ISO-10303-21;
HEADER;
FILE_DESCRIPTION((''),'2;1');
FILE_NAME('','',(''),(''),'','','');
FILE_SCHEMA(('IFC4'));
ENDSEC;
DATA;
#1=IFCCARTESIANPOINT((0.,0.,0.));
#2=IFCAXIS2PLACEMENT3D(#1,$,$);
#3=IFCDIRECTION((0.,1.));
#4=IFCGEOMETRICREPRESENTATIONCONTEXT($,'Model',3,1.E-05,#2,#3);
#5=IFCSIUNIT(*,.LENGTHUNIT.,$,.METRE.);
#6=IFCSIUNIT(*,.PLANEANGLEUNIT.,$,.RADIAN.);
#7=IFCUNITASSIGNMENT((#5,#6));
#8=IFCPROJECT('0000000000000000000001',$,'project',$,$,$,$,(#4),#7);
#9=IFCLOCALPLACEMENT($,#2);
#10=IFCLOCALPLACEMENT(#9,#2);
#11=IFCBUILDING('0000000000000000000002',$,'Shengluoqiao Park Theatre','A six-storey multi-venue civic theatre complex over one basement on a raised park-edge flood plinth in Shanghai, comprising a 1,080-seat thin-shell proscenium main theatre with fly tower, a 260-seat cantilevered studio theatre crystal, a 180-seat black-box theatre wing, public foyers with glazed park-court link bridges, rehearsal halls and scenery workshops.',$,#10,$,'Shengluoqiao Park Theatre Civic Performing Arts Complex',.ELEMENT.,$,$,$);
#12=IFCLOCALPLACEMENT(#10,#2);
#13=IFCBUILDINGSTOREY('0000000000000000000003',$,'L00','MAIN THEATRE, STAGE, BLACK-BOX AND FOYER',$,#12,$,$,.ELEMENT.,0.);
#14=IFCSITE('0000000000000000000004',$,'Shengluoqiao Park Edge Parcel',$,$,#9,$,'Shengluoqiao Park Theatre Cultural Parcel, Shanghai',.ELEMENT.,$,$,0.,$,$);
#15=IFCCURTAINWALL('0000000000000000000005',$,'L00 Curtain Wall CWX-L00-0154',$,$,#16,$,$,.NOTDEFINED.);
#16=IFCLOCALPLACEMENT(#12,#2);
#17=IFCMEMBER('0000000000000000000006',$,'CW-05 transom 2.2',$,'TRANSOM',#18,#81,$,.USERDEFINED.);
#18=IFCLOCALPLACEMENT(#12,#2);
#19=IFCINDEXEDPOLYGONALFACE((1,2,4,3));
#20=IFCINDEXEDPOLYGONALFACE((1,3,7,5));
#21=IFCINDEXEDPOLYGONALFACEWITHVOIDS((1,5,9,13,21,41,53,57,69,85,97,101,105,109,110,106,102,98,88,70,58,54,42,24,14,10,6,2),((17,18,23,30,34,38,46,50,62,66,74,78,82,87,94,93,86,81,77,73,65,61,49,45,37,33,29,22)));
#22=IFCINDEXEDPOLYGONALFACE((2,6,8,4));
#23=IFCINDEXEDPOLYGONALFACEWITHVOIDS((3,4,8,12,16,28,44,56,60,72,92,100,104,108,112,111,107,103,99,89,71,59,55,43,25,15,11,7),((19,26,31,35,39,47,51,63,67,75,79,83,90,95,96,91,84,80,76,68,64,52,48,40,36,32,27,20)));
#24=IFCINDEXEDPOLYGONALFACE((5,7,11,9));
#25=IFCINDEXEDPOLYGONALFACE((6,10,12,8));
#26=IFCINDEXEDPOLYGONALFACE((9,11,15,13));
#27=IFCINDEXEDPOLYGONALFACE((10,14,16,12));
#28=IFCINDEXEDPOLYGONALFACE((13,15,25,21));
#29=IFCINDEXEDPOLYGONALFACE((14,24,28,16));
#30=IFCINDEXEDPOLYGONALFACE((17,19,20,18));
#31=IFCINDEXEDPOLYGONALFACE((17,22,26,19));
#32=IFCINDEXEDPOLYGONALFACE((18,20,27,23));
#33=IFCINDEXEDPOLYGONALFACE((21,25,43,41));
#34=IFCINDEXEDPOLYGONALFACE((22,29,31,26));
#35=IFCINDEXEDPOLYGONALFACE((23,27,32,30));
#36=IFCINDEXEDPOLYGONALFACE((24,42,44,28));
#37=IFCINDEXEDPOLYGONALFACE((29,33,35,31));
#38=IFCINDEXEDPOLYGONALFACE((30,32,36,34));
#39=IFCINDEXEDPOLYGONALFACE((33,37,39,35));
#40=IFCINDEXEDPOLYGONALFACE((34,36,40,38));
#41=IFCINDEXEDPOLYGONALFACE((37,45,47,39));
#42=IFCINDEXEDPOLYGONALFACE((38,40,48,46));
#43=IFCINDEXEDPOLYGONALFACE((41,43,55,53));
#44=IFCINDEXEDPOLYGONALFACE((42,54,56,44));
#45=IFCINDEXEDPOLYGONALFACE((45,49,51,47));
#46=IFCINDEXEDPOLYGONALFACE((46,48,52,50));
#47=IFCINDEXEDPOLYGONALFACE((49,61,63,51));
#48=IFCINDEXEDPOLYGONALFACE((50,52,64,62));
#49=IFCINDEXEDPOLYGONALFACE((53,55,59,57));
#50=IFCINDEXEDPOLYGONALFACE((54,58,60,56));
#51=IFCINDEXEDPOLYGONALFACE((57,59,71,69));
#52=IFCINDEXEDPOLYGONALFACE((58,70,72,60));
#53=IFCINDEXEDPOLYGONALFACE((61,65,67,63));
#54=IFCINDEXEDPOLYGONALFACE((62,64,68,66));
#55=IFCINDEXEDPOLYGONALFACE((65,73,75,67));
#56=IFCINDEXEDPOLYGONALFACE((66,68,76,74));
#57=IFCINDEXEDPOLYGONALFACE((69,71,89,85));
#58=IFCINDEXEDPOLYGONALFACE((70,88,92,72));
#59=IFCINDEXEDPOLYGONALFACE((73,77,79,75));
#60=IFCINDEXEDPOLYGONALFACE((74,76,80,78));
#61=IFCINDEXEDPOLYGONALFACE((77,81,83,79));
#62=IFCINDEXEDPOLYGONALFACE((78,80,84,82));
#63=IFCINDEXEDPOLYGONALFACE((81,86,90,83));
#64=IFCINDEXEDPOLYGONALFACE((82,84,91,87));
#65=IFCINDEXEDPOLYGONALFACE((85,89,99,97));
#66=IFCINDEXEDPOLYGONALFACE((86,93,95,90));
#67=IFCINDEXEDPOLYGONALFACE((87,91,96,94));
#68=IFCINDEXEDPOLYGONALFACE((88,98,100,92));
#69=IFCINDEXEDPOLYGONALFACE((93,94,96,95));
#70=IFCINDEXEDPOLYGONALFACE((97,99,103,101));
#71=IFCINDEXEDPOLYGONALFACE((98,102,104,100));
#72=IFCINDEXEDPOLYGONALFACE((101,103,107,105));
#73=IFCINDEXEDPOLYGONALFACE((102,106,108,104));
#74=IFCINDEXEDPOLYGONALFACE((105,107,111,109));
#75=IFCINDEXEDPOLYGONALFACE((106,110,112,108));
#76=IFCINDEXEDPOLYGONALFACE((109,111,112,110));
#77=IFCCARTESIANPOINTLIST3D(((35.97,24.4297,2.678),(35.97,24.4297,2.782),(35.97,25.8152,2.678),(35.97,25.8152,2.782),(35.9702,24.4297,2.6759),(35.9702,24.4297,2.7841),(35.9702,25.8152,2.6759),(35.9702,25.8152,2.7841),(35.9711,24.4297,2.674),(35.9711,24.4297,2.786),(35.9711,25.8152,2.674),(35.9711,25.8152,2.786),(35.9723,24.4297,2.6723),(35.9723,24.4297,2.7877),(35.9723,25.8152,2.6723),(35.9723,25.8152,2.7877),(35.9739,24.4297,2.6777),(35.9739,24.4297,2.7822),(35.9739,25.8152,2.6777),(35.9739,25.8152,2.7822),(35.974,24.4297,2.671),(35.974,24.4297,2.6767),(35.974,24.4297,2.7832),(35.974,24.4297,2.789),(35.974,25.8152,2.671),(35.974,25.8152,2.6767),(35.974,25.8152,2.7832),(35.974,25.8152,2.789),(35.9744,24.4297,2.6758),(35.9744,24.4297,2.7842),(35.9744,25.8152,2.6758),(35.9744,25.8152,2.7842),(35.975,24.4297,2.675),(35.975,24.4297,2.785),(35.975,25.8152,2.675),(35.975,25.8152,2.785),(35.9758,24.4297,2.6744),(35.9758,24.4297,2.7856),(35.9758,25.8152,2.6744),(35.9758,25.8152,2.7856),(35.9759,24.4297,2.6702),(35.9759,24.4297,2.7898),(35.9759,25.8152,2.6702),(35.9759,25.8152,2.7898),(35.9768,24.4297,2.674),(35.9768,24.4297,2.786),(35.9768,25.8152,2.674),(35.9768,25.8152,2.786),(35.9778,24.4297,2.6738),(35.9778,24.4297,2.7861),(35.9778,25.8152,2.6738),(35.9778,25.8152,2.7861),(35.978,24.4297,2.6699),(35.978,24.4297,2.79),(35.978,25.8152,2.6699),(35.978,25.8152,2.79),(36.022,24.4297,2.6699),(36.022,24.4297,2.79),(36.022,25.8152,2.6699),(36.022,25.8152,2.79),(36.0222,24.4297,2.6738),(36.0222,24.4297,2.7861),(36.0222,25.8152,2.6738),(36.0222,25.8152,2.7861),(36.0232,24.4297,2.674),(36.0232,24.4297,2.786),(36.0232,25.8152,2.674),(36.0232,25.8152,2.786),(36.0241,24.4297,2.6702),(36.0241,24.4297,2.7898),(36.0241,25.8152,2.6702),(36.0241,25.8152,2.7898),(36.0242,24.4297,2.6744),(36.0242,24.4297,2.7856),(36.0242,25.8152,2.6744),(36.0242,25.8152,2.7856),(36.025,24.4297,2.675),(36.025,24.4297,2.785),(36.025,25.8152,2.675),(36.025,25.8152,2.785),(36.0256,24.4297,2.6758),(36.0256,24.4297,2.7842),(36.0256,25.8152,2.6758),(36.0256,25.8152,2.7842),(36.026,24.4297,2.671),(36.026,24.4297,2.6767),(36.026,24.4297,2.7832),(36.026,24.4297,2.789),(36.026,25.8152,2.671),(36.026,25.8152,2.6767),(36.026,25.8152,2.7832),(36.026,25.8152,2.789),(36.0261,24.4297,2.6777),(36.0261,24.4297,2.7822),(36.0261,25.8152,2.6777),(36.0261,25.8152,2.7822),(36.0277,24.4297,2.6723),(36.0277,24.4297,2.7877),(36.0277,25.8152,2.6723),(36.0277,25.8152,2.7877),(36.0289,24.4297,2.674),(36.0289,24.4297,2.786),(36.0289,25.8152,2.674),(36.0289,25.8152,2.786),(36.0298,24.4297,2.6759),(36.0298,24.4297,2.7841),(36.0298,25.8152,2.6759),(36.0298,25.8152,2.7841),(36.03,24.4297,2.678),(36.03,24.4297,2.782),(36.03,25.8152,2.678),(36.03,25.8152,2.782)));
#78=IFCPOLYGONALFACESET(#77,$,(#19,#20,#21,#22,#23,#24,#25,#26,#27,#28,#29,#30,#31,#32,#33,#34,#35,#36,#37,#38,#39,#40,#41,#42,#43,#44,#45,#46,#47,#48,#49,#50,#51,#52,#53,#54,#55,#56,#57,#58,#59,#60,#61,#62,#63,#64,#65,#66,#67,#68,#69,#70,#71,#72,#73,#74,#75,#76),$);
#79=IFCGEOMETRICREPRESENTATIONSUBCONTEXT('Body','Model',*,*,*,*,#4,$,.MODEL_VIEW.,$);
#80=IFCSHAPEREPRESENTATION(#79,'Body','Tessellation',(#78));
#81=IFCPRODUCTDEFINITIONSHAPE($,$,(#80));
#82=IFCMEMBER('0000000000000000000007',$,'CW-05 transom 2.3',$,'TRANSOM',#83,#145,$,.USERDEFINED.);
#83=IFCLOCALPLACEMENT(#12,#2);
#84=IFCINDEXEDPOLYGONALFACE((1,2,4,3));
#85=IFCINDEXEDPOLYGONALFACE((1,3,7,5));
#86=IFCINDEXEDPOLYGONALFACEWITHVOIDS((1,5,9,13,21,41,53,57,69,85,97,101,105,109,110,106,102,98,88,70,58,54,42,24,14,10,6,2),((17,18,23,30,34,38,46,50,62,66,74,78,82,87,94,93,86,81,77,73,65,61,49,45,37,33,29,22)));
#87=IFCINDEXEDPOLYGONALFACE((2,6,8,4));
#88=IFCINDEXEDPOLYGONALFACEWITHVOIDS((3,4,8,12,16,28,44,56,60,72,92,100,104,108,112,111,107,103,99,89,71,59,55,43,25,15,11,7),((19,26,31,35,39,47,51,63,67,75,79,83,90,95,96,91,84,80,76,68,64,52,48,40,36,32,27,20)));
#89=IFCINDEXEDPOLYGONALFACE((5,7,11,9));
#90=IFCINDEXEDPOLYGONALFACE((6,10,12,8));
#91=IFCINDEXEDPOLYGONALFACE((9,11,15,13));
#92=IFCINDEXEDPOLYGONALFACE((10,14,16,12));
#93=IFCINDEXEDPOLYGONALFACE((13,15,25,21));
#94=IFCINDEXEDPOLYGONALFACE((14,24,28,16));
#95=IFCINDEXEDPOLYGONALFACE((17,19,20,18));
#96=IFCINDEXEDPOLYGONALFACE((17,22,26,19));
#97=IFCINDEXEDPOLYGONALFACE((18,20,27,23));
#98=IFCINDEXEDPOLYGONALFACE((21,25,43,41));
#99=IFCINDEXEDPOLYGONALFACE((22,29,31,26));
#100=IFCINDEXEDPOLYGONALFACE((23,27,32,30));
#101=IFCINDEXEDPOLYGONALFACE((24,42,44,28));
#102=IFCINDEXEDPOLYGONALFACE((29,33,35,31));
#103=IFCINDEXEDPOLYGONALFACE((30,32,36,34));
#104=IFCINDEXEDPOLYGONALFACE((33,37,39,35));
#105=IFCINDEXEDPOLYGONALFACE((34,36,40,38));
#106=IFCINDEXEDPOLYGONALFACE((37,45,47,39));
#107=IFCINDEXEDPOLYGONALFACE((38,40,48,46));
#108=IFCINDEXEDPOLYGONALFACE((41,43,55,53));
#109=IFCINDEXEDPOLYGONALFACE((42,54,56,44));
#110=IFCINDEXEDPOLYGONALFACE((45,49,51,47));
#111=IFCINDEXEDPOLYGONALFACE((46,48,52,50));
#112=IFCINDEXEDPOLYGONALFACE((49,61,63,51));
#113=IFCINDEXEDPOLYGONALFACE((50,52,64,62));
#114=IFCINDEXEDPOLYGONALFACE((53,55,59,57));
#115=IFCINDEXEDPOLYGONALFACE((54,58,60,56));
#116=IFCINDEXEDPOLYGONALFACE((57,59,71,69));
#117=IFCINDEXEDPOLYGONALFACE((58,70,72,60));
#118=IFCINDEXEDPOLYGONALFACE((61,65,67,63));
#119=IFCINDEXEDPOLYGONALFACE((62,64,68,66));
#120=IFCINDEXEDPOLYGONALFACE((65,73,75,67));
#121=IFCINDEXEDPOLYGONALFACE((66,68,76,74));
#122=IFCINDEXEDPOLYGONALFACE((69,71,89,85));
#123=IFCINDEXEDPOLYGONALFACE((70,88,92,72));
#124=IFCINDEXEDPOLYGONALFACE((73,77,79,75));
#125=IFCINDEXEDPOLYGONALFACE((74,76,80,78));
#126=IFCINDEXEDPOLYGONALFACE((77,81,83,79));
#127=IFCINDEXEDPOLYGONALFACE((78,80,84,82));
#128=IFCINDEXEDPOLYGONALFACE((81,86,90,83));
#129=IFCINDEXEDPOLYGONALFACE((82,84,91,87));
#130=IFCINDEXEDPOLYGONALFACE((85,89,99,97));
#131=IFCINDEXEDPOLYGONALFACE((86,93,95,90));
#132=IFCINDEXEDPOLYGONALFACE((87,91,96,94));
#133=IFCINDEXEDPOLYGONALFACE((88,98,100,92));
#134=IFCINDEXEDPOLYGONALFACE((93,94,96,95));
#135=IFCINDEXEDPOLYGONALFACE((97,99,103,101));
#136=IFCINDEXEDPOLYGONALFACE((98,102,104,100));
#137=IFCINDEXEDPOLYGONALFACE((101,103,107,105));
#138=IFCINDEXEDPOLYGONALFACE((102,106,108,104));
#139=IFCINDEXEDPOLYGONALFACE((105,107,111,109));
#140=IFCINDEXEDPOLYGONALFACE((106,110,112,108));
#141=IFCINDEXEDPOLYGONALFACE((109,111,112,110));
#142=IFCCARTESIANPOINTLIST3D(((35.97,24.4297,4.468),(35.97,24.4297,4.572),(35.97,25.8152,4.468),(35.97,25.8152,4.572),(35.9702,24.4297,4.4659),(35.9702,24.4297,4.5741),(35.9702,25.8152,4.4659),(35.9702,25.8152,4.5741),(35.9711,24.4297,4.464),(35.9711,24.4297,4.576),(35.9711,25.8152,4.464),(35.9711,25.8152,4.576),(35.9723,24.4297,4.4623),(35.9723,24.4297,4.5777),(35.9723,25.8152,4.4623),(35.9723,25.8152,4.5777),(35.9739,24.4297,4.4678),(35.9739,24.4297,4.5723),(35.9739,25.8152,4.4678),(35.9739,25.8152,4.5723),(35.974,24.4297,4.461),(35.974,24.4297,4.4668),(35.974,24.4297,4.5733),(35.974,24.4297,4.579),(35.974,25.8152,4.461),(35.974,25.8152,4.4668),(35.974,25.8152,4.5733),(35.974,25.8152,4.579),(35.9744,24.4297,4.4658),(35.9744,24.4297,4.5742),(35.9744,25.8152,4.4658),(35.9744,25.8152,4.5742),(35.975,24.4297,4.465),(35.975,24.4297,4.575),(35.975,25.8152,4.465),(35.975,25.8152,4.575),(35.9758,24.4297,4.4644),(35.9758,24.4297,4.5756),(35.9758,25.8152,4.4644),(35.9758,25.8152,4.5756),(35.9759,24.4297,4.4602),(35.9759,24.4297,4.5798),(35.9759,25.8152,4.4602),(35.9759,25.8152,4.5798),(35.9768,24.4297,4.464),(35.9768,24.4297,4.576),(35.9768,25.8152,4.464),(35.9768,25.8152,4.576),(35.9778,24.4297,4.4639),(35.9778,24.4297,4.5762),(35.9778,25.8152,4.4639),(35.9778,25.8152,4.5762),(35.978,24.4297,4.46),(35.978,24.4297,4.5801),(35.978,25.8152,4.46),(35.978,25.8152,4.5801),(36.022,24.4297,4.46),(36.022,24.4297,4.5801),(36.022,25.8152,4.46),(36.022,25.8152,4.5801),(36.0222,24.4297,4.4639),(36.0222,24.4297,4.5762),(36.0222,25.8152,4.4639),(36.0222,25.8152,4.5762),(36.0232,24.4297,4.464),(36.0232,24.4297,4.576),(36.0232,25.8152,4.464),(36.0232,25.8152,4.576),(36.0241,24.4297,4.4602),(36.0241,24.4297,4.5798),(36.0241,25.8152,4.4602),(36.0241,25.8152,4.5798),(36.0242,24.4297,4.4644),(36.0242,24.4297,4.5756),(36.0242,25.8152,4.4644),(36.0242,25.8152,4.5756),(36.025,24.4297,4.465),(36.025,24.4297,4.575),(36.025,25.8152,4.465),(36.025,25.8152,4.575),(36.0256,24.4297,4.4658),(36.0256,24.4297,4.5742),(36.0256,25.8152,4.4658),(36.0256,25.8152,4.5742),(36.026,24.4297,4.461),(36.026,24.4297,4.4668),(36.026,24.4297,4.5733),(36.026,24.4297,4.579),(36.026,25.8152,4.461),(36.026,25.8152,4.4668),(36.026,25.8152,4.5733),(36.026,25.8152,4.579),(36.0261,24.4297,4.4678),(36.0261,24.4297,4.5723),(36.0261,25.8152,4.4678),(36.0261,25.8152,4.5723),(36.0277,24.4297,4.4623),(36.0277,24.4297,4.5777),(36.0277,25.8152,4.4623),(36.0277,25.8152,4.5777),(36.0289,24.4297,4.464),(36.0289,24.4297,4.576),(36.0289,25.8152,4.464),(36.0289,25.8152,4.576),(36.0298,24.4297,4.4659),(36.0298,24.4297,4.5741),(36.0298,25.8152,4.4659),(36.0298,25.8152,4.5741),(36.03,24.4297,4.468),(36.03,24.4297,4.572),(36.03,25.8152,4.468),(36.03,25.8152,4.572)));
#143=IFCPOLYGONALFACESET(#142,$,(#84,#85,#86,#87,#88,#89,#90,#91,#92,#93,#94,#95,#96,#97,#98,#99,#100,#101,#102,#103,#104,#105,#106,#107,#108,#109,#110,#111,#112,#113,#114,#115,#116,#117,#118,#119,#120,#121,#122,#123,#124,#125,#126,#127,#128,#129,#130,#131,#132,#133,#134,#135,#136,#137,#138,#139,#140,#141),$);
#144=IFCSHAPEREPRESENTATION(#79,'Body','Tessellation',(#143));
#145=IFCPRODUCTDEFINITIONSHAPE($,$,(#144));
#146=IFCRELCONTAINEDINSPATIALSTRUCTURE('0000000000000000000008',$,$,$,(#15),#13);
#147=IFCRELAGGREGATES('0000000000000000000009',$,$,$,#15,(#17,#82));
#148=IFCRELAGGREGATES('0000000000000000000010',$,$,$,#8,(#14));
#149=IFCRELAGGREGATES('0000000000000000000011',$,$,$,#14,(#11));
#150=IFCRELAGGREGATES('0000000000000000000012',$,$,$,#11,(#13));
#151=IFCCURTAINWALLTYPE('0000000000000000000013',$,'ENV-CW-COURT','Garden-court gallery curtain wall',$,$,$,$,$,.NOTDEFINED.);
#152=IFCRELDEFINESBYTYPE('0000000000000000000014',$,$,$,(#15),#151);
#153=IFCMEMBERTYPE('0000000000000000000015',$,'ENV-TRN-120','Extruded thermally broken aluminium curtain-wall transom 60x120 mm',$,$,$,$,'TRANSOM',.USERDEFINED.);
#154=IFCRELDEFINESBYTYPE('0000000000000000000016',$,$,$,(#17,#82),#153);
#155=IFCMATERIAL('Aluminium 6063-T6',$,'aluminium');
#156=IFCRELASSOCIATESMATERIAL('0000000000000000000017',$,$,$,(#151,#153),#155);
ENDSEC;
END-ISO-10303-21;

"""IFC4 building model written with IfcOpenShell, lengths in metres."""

from ifc_helpers import new_model, si_unit, direction, frame, origin, origin_2d, place, context, subcontext, project, spatial, hollow_rectangle, extrude, material, material_profile, profile_set, type_object, element, aggregate, save


model = new_model("IFC4")

# Units and contexts
model_context = context("Model", 3, precision=1e-05, world=origin(), true_north=direction((0.0, 1.0)))
body_context = subcontext(model_context, "Body", "Model", "MODEL_VIEW")
ifc_project = project(units=[si_unit("LENGTHUNIT", "METRE"), si_unit("PLANEANGLEUNIT", "RADIAN")], contexts=[model_context])

# Site, building, storey
site_placement = place(None, origin())
site = spatial("IfcSite", under=ifc_project, at=site_placement, Name="Shengluoqiao Park Edge Parcel", LongName="Shengluoqiao Park Theatre Cultural Parcel, Shanghai", CompositionType="ELEMENT", RefElevation=0.0)
building_placement = place(site_placement, origin())
building = spatial("IfcBuilding", under=site, at=building_placement, Name="Shengluoqiao Park Theatre", Description="A six-storey multi-venue civic theatre complex over one basement on a raised park-edge flood plinth in Shanghai, comprising a 1,080-seat thin-shell proscenium main theatre with fly tower, a 260-seat cantilevered studio theatre crystal, a 180-seat black-box theatre wing, public foyers with glazed park-court link bridges, rehearsal halls and scenery workshops.", LongName="Shengluoqiao Park Theatre Civic Performing Arts Complex", CompositionType="ELEMENT")
storey_placement = place(building_placement, origin())
storey = spatial("IfcBuildingStorey", under=building, at=storey_placement, Name="L00", Description="MAIN THEATRE, STAGE, BLACK-BOX AND FOYER", CompositionType="ELEMENT", Elevation=0.0)

# Curtain wall
ifc_material_1 = material(Name="Aluminium 6063-T6", Category="aluminium")
curtain_wall_type = type_object("IfcCurtainWallType", Name="ENV-CW-COURT", Description="Garden-court gallery curtain wall", PredefinedType="NOTDEFINED", material=ifc_material_1)
curtain_wall_1_placement = place(storey_placement, origin())
curtain_wall_1 = element("IfcCurtainWall", 1, at=curtain_wall_1_placement, inside=storey, type_object=curtain_wall_type, Name="L00 Curtain Wall CWX-L00-0154", PredefinedType="NOTDEFINED")

# Members
ifc_material_profile_1 = material_profile(ifc_material_1, hollow_rectangle(XDim=0.0601, YDim=0.1201, WallThickness=0.0039, InnerFilletRadius=0.0039, OuterFilletRadius=0.0081, at=origin_2d()), Name="ALU TRANSOM 120x60x4")
ifc_profile_set_1 = profile_set([ifc_material_profile_1], Name="Aluminium 6063-T6")
member_type_1 = type_object("IfcMemberType", Name="ENV-TRN-120", Description="Extruded thermally broken aluminium curtain-wall transom 60x120 mm", ElementType="TRANSOM", PredefinedType="USERDEFINED", material=ifc_profile_set_1)
member_1_placement = place(storey_placement, frame((36.0, 24.4297, 2.73), z_axis=(0.0, 1.0, 0.0), x_axis=(-1.0, 0.0, 0.0)))
member_1 = element("IfcMember", 2, at=member_1_placement, type_object=member_type_1, Name="CW-05 transom 2.2", ObjectType="TRANSOM", PredefinedType="USERDEFINED", context=body_context, shape_type="SweptSolid", body=[
    extrude(hollow_rectangle(XDim=0.0601, YDim=0.1201, WallThickness=0.0039, InnerFilletRadius=0.0039, OuterFilletRadius=0.0081, at=origin_2d()), origin(), (0.0, 0.0, 1.0), 1.3855),
])
member_2_placement = place(storey_placement, frame((36.0, 24.4297, 4.52), z_axis=(0.0, 1.0, 0.0), x_axis=(-1.0, 0.0, 0.0)))
member_2 = element("IfcMember", 3, at=member_2_placement, type_object=member_type_1, Name="CW-05 transom 2.3", ObjectType="TRANSOM", PredefinedType="USERDEFINED", context=body_context, shape_type="SweptSolid", body=[
    extrude(hollow_rectangle(XDim=0.0601, YDim=0.1201, WallThickness=0.0039, InnerFilletRadius=0.0039, OuterFilletRadius=0.0081, at=origin_2d()), origin(), (0.0, 0.0, 1.0), 1.3855),
])

aggregate(curtain_wall_1, [member_1, member_2])

save(model, "model.ifc")
